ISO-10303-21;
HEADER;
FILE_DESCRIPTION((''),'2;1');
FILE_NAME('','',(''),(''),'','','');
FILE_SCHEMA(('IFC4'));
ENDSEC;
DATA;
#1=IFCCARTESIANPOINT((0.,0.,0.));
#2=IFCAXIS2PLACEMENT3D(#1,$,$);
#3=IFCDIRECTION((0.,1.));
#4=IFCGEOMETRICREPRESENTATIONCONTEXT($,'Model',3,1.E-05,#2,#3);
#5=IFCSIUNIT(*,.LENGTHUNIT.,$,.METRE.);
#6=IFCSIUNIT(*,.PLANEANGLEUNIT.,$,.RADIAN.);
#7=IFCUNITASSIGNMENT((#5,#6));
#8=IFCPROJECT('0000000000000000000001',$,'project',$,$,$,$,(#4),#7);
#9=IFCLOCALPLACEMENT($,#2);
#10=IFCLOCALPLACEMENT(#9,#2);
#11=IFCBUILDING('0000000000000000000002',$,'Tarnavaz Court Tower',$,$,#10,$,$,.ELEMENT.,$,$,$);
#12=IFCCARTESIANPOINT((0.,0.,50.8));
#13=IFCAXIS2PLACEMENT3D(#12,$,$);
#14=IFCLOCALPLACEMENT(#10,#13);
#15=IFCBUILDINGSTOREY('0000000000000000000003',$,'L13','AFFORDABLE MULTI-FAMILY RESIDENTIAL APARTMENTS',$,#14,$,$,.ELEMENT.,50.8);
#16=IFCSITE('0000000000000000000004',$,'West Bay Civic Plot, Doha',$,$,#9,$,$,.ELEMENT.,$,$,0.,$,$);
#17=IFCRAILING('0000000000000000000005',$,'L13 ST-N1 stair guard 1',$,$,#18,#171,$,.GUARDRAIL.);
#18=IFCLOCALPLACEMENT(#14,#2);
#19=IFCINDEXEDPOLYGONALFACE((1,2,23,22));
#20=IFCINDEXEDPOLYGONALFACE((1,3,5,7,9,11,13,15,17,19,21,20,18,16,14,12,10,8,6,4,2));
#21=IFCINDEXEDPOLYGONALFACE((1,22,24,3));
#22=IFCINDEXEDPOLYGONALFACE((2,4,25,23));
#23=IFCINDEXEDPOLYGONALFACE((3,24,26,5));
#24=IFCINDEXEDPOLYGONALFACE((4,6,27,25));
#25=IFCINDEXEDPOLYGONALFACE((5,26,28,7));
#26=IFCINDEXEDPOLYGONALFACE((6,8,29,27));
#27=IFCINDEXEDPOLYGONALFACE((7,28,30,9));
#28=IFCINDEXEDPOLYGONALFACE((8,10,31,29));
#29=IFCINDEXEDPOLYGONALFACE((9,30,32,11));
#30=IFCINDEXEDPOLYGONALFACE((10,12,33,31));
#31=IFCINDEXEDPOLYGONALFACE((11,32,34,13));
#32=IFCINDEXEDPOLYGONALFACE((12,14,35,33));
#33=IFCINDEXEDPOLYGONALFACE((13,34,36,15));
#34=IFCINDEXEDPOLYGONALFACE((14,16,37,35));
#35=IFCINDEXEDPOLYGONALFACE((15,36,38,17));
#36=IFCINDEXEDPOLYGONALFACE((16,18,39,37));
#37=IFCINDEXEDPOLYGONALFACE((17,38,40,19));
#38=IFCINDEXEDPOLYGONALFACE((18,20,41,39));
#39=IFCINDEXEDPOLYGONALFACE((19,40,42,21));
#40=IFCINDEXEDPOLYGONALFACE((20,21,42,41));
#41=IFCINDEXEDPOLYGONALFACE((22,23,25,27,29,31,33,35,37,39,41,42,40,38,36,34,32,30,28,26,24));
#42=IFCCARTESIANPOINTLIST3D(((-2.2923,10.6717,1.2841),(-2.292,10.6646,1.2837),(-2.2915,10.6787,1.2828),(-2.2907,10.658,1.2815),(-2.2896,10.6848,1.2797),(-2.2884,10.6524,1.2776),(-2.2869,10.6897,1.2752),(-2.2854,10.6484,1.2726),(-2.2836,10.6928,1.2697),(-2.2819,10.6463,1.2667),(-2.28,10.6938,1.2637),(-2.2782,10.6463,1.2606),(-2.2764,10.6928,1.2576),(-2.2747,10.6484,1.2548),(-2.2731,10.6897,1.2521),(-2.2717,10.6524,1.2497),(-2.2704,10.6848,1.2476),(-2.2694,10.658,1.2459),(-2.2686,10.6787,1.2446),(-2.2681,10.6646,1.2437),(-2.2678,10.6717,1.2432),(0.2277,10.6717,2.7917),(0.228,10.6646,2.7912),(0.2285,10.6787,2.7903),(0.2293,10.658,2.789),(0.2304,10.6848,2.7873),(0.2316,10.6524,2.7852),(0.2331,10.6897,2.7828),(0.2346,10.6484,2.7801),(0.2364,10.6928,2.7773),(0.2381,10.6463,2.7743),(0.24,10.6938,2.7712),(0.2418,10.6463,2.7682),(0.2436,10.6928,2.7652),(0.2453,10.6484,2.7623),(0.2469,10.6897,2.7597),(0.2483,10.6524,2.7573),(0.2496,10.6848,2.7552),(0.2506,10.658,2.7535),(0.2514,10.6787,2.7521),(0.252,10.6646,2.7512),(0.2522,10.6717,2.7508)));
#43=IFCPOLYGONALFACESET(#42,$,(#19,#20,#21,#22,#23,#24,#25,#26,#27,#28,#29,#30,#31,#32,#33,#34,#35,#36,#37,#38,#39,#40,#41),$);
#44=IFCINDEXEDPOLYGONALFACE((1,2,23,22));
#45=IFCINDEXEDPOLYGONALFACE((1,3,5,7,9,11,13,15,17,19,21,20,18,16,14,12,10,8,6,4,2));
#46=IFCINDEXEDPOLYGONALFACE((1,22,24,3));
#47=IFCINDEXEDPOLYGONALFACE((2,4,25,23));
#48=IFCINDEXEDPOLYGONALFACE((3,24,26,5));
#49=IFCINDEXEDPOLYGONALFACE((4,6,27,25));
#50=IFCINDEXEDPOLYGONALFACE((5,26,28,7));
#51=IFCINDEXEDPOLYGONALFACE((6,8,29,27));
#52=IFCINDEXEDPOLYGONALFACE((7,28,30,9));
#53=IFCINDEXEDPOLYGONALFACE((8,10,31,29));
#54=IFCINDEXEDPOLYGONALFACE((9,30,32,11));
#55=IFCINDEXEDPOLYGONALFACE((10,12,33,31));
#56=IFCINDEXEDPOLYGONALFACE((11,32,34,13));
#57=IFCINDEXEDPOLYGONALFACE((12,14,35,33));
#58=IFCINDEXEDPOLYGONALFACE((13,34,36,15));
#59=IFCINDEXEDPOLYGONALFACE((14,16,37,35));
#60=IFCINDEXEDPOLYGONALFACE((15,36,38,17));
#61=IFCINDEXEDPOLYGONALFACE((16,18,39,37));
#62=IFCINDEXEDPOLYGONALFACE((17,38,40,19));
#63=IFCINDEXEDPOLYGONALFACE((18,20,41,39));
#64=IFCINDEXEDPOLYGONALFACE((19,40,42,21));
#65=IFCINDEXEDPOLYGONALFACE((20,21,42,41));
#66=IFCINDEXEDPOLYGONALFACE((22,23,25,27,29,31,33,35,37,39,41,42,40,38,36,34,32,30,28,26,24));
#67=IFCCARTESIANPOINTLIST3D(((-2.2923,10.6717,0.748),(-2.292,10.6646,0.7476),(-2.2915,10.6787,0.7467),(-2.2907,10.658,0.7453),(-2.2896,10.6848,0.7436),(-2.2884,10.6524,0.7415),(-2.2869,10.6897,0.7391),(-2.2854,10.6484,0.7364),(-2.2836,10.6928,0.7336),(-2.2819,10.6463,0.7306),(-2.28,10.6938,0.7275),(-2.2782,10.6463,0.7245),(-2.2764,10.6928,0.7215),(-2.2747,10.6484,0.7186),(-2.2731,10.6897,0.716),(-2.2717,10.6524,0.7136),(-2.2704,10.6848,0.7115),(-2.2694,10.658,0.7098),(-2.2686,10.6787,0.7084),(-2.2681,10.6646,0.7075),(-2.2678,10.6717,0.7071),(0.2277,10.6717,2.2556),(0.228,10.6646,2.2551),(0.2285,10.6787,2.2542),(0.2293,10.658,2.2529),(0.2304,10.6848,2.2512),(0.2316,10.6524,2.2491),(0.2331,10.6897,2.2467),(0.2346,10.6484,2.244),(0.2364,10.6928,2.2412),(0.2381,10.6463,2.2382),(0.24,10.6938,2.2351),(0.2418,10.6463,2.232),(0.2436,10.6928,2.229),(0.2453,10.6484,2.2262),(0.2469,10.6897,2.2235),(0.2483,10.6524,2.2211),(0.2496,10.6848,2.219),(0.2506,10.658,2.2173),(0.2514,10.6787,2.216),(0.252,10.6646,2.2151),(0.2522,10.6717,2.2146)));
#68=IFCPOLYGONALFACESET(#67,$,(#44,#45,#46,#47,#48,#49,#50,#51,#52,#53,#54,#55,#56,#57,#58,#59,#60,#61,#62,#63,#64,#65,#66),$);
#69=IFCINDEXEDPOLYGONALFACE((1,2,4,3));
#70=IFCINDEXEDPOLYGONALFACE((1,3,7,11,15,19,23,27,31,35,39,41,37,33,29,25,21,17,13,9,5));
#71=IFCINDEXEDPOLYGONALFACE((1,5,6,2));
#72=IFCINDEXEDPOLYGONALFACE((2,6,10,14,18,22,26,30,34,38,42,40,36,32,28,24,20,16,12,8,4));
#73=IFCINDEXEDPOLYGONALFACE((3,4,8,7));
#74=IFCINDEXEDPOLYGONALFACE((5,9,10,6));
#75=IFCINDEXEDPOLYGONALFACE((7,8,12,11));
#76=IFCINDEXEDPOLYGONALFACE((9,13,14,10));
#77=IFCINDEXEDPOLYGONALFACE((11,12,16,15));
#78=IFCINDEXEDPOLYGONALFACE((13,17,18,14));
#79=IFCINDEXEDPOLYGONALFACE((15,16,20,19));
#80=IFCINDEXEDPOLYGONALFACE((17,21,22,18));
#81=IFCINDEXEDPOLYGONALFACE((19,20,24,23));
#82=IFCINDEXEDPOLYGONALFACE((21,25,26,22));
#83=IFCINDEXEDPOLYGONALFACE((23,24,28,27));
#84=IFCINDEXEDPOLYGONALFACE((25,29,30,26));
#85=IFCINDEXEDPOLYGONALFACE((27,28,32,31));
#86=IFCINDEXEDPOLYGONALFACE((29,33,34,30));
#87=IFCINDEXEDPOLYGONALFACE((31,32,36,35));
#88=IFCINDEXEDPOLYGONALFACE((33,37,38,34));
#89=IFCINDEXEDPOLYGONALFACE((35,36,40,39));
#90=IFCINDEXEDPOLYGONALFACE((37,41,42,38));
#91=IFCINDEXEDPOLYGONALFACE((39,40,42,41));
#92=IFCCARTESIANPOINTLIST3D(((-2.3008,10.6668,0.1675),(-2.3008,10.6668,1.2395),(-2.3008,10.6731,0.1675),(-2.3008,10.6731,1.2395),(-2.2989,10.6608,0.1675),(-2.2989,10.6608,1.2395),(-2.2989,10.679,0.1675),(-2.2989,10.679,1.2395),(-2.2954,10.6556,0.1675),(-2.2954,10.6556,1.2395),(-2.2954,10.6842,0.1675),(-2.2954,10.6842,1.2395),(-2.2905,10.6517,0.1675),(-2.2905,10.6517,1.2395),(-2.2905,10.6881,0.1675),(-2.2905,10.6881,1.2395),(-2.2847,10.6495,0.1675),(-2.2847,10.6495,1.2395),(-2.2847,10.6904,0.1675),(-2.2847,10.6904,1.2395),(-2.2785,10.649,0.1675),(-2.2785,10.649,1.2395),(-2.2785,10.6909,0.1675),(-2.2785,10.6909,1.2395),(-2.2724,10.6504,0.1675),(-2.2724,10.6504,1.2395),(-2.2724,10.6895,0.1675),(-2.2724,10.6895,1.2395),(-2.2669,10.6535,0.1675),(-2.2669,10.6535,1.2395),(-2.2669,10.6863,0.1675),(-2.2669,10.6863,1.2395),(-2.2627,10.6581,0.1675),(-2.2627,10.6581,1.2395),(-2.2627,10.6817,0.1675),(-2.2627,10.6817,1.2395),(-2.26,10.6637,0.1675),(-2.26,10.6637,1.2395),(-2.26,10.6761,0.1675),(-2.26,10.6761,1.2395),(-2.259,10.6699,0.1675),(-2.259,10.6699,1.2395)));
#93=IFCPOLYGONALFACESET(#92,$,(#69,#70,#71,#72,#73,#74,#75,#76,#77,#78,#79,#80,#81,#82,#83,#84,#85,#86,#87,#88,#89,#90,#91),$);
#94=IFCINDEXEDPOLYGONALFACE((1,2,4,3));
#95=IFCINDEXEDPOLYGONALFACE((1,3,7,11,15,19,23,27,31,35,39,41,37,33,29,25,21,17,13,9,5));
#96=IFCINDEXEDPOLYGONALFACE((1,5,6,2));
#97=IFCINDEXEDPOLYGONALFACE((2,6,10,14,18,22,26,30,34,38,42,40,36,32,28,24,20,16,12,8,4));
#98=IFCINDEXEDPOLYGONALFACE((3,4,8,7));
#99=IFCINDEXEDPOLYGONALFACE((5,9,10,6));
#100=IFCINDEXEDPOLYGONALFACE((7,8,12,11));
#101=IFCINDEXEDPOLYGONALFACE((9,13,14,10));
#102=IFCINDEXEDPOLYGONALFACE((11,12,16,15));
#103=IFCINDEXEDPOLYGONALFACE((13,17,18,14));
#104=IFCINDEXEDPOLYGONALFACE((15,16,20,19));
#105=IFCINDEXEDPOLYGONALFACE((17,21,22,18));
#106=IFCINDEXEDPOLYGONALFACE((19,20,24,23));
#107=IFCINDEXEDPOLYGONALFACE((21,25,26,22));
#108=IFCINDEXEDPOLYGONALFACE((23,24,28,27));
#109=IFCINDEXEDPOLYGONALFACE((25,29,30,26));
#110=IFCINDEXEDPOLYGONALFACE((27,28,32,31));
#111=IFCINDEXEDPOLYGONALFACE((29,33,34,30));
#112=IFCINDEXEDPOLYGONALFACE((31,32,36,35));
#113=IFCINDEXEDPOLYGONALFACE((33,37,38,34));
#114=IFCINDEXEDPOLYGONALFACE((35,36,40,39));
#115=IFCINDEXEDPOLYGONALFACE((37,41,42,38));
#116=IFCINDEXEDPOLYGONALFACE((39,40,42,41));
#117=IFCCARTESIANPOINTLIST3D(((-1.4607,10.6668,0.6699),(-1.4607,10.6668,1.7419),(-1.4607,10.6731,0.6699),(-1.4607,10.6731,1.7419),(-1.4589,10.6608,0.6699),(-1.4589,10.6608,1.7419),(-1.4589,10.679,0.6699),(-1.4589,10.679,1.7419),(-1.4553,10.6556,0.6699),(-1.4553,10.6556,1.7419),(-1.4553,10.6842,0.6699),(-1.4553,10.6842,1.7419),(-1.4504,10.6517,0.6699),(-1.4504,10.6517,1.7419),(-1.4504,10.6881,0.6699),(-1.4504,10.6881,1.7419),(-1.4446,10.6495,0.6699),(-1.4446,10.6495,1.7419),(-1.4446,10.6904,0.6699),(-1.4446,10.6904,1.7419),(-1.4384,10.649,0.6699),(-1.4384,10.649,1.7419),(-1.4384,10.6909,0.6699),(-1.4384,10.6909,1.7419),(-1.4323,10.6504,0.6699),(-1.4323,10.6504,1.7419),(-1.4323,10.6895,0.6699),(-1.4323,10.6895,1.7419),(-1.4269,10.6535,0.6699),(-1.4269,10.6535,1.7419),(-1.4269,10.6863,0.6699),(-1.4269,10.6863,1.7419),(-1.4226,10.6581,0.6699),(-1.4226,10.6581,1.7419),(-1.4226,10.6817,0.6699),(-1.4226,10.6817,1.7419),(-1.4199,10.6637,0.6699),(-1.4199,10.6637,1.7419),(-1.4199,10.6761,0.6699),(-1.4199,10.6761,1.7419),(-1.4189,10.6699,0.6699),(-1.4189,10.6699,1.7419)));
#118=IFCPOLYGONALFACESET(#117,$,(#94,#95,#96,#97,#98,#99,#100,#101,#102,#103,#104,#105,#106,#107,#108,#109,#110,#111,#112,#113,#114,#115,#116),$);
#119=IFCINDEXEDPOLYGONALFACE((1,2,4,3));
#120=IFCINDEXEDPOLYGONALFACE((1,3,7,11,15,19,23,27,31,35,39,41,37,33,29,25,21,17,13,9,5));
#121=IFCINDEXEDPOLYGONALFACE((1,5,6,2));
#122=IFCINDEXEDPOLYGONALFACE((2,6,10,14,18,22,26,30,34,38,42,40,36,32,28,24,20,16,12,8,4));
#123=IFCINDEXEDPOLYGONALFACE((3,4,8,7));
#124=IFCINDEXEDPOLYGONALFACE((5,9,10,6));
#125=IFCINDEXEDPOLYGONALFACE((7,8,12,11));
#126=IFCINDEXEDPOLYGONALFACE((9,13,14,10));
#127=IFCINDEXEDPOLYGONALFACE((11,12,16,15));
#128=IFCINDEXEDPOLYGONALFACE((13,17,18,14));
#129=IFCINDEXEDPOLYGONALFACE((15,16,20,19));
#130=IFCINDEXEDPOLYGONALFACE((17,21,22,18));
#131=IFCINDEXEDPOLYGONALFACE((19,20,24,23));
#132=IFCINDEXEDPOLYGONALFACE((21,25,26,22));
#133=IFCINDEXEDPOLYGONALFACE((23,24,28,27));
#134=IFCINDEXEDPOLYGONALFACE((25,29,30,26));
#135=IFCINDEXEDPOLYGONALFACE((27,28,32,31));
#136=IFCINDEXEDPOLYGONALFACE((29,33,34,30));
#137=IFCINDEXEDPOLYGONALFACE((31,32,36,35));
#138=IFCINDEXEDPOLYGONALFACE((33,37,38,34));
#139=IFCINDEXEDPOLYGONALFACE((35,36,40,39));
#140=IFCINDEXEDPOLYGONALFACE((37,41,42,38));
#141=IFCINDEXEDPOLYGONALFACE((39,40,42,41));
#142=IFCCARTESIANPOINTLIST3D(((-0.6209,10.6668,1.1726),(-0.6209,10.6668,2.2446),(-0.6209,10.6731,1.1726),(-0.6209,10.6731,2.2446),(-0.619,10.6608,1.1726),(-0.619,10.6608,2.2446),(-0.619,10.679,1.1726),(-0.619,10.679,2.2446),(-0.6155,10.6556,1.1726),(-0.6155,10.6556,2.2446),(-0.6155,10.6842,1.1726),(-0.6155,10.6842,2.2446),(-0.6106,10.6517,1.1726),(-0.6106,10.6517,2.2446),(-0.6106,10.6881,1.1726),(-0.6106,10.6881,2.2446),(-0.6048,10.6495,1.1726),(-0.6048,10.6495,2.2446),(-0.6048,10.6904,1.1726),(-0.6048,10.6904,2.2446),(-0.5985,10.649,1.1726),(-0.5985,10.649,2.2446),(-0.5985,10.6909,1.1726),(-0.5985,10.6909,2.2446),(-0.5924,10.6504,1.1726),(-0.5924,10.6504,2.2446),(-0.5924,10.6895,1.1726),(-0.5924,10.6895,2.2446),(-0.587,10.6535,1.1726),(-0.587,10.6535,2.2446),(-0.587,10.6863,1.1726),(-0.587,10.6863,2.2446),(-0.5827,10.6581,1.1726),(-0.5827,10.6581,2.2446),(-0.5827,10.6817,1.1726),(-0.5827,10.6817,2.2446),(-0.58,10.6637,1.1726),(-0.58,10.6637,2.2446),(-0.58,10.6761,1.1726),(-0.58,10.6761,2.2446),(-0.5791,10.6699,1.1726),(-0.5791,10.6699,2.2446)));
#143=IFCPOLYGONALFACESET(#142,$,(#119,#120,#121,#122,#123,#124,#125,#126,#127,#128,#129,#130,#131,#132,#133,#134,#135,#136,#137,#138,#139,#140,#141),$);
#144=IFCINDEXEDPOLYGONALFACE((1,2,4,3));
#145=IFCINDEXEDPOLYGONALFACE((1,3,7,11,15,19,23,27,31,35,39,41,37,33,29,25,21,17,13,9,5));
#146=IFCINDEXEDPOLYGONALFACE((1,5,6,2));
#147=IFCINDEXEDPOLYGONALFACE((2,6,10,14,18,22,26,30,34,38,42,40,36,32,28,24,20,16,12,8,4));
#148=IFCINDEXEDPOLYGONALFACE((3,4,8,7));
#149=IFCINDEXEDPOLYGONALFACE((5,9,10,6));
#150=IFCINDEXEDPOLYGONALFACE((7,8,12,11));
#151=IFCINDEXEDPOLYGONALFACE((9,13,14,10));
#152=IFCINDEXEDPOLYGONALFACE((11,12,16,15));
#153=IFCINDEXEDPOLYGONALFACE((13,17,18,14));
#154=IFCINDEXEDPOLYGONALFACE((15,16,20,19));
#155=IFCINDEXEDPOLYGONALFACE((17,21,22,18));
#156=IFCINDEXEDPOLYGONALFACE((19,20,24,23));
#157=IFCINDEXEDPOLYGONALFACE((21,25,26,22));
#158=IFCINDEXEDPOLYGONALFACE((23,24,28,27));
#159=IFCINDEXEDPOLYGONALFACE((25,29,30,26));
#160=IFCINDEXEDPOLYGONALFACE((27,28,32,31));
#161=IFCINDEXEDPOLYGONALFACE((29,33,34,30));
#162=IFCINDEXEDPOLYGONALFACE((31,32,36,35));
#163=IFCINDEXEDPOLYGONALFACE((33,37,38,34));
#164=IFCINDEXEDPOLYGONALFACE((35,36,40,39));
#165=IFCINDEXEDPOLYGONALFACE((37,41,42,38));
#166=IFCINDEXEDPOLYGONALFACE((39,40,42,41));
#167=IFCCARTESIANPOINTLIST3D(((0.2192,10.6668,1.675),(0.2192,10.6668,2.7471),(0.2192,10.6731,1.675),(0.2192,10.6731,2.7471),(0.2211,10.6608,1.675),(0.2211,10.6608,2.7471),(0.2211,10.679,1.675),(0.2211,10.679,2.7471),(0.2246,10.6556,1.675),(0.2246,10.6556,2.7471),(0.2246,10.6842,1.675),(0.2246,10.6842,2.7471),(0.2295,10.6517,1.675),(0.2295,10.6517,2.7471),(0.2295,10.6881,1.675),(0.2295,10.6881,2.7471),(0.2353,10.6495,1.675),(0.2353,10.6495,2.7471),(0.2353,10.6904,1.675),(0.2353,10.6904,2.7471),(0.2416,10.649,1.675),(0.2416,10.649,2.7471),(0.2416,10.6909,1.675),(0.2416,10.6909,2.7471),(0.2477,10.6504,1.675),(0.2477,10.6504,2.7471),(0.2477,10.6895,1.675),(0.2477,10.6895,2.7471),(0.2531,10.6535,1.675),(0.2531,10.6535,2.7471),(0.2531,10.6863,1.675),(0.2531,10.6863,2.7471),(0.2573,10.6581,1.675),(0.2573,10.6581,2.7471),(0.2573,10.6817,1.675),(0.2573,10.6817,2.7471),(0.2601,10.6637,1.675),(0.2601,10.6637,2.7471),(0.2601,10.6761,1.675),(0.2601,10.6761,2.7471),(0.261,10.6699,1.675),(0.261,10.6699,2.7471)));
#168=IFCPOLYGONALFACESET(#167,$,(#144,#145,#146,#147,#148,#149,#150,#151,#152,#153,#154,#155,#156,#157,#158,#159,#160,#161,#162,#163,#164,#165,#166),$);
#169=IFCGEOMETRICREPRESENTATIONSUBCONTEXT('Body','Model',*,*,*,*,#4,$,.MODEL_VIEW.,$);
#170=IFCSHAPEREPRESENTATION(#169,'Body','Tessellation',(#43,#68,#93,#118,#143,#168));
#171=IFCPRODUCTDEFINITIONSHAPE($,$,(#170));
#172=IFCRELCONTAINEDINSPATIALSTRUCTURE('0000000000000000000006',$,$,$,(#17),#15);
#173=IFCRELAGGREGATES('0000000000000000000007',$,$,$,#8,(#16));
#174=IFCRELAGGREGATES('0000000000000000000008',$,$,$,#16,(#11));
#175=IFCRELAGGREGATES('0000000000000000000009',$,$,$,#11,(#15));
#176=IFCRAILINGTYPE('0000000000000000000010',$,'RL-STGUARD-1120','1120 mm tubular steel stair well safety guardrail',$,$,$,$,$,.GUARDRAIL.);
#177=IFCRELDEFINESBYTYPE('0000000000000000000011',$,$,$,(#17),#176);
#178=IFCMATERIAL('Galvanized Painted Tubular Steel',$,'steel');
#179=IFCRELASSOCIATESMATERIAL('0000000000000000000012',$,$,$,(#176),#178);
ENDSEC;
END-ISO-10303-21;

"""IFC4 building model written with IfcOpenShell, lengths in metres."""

from ifc_helpers import new_model, si_unit, direction, frame, origin, origin_2d, place, context, subcontext, project, spatial, circle, extrude, material, type_object, element, save


model = new_model("IFC4")

# Units and contexts
model_context = context("Model", 3, precision=1e-05, world=origin(), true_north=direction((0.0, 1.0)))
body_context = subcontext(model_context, "Body", "Model", "MODEL_VIEW")
ifc_project = project(units=[si_unit("LENGTHUNIT", "METRE"), si_unit("PLANEANGLEUNIT", "RADIAN")], contexts=[model_context])

# Site, building, storey
site_placement = place(None, origin())
site = spatial("IfcSite", under=ifc_project, at=site_placement, Name="West Bay Civic Plot, Doha", CompositionType="ELEMENT", RefElevation=0.0)
building_placement = place(site_placement, origin())
building = spatial("IfcBuilding", under=site, at=building_placement, Name="Tarnavaz Court Tower", CompositionType="ELEMENT")
storey_placement = place(building_placement, frame((0.0, 0.0, 50.8)))
storey = spatial("IfcBuildingStorey", under=building, at=storey_placement, Name="L13", Description="AFFORDABLE MULTI-FAMILY RESIDENTIAL APARTMENTS", CompositionType="ELEMENT", Elevation=50.8)

# Railing
ifc_material_1 = material(Name="Galvanized Painted Tubular Steel", Category="steel")
railing_type_1 = type_object("IfcRailingType", Name="RL-STGUARD-1120", Description="1120 mm tubular steel stair well safety guardrail", PredefinedType="GUARDRAIL", material=ifc_material_1)
railing_1_placement = place(storey_placement, frame((-2.28, 10.6699, 0.1675)))
element("IfcRailing", 1, at=railing_1_placement, inside=storey, type_object=railing_type_1, Name="L13 ST-N1 stair guard 1", PredefinedType="GUARDRAIL", context=body_context, shape_type="SweptSolid", body=[
    extrude(circle(Radius=0.0239, at=origin_2d()), frame((0.0, 0.0, 1.0962), z_axis=(0.85816, 0.0, 0.513383), x_axis=(0.0, 1.0, 0.0)), (0.0, 0.0, 1.0), 2.9365),
    extrude(circle(Radius=0.0239, at=origin_2d()), frame((0.0, 0.0, 0.5601), z_axis=(0.85816, 0.0, 0.513383), x_axis=(0.0, 1.0, 0.0)), (0.0, 0.0, 1.0), 2.9365),
    extrude(circle(Radius=0.021, at=origin_2d()), origin(), (0.0, 0.0, 1.0), 1.072),
    extrude(circle(Radius=0.021, at=origin_2d()), frame((0.8401, 0.0, 0.5024)), (0.0, 0.0, 1.0), 1.072),
    extrude(circle(Radius=0.021, at=origin_2d()), frame((1.6799, 0.0, 1.0051)), (0.0, 0.0, 1.0), 1.072),
    extrude(circle(Radius=0.021, at=origin_2d()), frame((2.52, 0.0, 1.5076)), (0.0, 0.0, 1.0), 1.072),
])

save(model, "model.ifc")
